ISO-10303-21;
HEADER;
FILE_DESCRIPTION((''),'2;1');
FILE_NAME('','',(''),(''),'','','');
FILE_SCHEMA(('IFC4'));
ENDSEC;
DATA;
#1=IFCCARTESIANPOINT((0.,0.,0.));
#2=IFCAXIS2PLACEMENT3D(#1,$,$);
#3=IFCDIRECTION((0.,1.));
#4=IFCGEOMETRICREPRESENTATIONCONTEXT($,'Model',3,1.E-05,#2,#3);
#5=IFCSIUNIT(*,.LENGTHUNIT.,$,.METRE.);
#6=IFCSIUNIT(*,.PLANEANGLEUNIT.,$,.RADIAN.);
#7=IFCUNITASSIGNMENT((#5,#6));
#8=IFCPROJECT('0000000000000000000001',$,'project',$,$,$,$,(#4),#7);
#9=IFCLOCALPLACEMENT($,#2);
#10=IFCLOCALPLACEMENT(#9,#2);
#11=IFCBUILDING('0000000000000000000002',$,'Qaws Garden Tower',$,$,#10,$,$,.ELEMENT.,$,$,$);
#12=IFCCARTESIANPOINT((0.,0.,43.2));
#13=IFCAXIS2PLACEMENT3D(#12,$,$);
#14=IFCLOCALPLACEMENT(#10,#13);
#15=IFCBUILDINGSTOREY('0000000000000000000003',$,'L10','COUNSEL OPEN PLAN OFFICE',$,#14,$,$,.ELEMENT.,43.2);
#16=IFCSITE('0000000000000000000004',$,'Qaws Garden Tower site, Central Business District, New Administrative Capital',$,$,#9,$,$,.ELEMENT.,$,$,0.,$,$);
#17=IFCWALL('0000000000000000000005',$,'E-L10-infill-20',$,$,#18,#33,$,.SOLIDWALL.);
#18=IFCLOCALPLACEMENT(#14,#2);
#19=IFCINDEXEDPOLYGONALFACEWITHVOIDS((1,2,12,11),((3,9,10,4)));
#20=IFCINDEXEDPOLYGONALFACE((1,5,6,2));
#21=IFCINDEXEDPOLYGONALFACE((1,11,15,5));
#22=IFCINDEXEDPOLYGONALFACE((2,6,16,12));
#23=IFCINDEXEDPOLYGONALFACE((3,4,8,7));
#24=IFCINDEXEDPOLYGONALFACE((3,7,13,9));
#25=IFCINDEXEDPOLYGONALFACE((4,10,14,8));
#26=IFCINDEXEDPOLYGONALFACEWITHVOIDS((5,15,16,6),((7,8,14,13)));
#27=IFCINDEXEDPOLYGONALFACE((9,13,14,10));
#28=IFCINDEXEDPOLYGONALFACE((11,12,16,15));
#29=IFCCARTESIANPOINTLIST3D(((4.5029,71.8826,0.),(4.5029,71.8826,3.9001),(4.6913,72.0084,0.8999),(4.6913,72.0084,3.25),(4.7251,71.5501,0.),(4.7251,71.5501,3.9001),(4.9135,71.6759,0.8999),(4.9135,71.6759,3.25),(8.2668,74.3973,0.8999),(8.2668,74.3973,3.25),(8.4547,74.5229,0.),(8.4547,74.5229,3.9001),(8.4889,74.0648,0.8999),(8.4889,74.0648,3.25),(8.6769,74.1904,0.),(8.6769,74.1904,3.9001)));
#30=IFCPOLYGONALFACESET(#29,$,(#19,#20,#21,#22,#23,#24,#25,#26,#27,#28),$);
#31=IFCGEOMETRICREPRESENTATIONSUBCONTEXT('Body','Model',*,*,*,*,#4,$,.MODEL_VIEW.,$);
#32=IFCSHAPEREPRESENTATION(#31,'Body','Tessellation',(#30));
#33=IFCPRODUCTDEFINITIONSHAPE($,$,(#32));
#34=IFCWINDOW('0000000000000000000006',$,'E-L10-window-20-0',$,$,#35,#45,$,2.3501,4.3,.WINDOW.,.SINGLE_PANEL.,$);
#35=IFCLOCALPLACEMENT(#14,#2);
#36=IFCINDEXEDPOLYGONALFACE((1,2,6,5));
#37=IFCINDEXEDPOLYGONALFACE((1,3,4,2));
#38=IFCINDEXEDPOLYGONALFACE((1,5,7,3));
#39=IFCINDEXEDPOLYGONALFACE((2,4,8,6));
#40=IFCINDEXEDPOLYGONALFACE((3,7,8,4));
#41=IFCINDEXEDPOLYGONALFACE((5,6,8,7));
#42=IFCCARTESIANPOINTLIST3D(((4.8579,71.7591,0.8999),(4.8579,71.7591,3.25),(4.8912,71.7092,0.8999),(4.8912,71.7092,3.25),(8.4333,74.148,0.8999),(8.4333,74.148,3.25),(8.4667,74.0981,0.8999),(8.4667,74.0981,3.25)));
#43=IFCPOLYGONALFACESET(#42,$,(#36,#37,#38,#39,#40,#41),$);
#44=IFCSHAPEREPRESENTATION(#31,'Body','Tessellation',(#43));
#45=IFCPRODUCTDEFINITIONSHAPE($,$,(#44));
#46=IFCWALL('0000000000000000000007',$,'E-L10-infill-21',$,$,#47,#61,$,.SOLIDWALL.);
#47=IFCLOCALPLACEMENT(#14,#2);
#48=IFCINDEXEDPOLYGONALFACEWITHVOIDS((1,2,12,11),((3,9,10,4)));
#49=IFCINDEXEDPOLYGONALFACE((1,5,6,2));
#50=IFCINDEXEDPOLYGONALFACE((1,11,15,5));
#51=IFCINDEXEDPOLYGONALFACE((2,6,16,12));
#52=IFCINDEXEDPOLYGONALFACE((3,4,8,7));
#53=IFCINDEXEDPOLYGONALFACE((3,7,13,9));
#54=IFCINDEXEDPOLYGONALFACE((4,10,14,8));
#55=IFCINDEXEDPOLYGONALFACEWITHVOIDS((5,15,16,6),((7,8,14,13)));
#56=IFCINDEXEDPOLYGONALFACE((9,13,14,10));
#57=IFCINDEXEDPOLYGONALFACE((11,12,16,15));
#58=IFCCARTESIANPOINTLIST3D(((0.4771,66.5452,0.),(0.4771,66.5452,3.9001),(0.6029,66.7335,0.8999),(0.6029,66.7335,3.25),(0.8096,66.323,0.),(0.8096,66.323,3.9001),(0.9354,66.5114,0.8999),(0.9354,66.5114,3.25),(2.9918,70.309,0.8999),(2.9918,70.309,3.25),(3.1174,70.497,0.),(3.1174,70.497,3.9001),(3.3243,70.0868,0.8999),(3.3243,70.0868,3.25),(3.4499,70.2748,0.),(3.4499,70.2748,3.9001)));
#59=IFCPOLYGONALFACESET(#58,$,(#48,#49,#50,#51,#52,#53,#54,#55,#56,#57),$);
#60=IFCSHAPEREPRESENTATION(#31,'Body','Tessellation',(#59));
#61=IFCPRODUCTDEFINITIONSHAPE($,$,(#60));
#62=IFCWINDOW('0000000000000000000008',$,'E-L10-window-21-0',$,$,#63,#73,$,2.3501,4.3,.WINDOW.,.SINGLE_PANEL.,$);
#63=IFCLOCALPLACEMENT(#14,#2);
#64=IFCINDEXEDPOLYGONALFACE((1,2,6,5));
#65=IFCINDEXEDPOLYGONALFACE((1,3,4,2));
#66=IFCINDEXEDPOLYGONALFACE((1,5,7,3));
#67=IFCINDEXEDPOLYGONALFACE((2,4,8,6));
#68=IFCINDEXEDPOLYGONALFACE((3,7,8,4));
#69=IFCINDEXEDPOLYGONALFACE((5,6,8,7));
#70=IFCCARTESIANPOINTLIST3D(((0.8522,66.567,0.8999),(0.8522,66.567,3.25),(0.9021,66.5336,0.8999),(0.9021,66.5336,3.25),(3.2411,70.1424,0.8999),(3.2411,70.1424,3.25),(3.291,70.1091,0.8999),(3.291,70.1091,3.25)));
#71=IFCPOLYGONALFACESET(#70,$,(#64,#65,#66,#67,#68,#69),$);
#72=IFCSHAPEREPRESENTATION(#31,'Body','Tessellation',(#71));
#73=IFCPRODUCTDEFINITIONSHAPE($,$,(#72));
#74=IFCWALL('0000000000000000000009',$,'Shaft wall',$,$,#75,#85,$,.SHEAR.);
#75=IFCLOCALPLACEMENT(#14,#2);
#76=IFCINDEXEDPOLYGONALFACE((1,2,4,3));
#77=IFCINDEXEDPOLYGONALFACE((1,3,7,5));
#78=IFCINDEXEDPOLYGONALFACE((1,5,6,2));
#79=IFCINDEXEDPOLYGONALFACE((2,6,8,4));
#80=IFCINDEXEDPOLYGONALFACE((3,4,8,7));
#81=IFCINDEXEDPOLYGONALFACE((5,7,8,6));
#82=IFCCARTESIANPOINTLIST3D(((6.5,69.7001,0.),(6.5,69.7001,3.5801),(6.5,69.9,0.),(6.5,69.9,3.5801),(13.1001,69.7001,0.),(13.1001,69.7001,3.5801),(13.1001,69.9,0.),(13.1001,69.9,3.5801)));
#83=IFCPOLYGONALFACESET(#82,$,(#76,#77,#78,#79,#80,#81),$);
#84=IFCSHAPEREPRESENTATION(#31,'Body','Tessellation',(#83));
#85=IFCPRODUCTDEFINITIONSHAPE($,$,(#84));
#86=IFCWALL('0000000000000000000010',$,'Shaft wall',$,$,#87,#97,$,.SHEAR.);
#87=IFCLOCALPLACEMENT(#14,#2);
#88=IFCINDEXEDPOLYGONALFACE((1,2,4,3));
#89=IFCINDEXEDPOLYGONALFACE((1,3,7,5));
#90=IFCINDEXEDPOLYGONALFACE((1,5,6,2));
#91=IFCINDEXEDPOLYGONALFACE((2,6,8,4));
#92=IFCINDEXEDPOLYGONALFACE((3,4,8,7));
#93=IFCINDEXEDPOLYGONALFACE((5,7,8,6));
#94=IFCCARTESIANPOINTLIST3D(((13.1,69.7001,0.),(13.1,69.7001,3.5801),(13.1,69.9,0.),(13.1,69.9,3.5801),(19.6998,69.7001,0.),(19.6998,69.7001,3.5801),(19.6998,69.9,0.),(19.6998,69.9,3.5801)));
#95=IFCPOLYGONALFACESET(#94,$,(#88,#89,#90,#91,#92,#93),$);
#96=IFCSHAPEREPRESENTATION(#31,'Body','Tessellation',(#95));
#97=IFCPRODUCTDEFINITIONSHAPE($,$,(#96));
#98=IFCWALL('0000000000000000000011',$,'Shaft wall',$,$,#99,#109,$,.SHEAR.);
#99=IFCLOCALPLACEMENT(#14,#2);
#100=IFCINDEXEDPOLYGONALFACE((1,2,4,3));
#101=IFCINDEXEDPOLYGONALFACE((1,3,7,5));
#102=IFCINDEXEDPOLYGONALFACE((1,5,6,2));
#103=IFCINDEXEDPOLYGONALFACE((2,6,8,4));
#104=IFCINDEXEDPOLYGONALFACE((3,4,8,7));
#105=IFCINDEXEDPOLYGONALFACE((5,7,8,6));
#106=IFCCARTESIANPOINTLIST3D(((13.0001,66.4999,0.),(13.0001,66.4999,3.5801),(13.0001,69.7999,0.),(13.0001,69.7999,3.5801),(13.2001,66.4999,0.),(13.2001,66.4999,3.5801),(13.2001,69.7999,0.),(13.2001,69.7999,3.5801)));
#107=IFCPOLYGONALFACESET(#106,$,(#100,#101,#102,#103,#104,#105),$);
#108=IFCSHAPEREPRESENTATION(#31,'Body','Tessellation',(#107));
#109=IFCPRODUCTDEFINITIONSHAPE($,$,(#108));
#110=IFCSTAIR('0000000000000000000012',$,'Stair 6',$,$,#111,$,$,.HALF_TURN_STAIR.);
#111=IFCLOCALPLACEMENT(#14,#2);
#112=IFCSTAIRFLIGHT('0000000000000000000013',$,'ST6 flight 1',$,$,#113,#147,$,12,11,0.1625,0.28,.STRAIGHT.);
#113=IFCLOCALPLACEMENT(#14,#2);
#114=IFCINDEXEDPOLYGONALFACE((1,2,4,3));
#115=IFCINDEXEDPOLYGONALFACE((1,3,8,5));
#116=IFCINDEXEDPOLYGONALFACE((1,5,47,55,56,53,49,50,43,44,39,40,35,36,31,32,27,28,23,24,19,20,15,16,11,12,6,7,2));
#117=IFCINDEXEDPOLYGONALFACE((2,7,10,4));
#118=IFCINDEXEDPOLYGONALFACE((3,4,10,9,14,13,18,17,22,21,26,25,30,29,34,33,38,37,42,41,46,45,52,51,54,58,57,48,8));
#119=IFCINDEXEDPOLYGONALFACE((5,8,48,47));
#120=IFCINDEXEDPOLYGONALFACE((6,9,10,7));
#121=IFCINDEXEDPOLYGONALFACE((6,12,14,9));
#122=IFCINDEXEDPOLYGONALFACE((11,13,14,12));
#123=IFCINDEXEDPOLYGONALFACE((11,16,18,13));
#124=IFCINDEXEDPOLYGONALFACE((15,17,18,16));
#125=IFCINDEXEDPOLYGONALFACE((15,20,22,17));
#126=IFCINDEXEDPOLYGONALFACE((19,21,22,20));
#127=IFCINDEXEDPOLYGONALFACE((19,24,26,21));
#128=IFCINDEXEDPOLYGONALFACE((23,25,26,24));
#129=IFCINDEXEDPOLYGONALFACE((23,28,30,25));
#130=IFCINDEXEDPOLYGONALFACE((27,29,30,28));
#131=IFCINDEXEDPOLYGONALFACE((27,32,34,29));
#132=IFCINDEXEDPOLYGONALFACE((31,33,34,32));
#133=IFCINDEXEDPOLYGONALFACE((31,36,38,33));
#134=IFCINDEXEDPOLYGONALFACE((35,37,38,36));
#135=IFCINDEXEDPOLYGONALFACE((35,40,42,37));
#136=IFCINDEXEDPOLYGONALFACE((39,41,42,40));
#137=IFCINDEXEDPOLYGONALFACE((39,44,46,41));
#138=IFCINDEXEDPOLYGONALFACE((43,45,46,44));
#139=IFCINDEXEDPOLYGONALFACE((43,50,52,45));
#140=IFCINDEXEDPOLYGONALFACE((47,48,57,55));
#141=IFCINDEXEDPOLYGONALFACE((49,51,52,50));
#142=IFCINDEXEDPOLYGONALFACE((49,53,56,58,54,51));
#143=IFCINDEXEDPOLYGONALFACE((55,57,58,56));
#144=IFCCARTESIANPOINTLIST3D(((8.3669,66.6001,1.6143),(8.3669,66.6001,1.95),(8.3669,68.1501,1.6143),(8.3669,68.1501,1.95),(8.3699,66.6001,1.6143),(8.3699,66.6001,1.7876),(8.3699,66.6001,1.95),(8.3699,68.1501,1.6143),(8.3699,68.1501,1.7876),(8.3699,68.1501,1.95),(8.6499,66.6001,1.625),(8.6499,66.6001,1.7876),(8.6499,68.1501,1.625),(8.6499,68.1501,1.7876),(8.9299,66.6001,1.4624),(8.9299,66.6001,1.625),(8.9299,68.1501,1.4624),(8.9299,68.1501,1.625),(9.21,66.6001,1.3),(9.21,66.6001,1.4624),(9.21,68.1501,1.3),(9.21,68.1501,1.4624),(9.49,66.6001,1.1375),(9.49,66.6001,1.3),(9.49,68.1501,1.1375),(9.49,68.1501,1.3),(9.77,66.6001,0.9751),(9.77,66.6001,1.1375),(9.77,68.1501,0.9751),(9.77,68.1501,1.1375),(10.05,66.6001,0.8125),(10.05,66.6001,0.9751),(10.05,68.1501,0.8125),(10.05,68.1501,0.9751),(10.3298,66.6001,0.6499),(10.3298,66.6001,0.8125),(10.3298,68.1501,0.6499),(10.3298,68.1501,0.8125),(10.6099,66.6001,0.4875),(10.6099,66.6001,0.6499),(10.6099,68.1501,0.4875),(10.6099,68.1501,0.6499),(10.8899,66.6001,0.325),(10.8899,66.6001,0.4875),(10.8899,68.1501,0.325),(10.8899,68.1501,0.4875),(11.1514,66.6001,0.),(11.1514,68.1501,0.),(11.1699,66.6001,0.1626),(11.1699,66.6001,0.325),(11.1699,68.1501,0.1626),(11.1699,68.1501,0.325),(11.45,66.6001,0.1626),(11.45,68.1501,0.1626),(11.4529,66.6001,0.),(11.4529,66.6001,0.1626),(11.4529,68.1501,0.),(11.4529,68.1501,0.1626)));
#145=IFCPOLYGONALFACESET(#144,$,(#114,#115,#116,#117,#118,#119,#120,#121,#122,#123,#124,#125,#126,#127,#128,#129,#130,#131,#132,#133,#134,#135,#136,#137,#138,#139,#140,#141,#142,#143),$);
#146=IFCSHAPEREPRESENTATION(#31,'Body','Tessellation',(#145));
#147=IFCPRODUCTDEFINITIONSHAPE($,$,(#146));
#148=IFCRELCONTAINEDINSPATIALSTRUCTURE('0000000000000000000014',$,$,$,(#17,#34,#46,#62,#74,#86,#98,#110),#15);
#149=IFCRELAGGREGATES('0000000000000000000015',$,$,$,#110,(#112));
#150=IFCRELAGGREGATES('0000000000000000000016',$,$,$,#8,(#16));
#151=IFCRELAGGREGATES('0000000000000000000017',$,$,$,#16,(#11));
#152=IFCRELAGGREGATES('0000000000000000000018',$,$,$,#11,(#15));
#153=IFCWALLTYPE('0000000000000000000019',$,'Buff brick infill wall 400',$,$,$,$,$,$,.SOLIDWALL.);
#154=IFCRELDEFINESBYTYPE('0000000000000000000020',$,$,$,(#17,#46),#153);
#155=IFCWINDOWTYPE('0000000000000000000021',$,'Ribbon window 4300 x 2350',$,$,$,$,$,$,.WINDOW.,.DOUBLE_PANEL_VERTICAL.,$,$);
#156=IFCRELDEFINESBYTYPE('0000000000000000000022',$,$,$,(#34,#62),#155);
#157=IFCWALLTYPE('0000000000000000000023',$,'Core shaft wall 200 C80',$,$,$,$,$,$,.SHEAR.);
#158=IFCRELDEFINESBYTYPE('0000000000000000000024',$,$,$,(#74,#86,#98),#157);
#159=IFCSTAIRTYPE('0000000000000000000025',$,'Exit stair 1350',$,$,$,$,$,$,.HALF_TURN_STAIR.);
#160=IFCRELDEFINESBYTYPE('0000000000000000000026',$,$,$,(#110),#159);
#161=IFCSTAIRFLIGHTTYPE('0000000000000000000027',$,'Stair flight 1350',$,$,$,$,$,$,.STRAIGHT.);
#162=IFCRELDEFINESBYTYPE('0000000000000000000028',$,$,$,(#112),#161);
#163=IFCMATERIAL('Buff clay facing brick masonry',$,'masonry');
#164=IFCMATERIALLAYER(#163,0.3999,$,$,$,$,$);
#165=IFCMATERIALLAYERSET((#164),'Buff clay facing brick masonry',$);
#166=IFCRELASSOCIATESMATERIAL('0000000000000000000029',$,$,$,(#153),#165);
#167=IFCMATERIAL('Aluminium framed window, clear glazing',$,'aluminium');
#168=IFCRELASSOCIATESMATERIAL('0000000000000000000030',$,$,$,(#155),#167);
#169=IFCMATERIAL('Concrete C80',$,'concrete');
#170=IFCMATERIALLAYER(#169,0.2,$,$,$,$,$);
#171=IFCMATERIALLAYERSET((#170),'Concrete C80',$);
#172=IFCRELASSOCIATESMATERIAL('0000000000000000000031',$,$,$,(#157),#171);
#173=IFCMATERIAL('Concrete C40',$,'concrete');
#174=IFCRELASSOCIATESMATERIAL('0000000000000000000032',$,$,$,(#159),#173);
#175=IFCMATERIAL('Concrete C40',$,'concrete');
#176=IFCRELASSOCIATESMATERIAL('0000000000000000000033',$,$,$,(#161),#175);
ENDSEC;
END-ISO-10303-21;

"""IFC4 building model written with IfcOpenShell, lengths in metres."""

from ifc_helpers import new_model, si_unit, direction, frame, frame_2d, origin, place, context, subcontext, project, spatial, polyline, rectangle, outline, extrude, material, layer, layer_set, type_object, element, fill, aggregate, save


model = new_model("IFC4")

# Units and contexts
model_context = context("Model", 3, precision=1e-05, world=origin(), true_north=direction((0.0, 1.0)))
body_context = subcontext(model_context, "Body", "Model", "MODEL_VIEW")
ifc_project = project(units=[si_unit("LENGTHUNIT", "METRE"), si_unit("PLANEANGLEUNIT", "RADIAN")], contexts=[model_context])

# Site, building, storey
site_placement = place(None, origin())
site = spatial("IfcSite", under=ifc_project, at=site_placement, Name="Qaws Garden Tower site, Central Business District, New Administrative Capital", CompositionType="ELEMENT", RefElevation=0.0)
building_placement = place(site_placement, origin())
building = spatial("IfcBuilding", under=site, at=building_placement, Name="Qaws Garden Tower", CompositionType="ELEMENT")
storey_placement = place(building_placement, frame((0.0, 0.0, 43.2)))
storey = spatial("IfcBuildingStorey", under=building, at=storey_placement, Name="L10", Description="COUNSEL OPEN PLAN OFFICE", CompositionType="ELEMENT", Elevation=43.2)

# Walls, openings, windows
ifc_material_1 = material(Name="Buff clay facing brick masonry", Category="masonry")
ifc_layer_1 = layer(ifc_material_1, 0.3999)
ifc_layer_set_1 = layer_set([ifc_layer_1], Name="Buff clay facing brick masonry")
wall_type_1 = type_object("IfcWallType", Name="Buff brick infill wall 400", PredefinedType="SOLIDWALL", material=ifc_layer_set_1)
ifc_material_2 = material(Name="Aluminium framed window, clear glazing", Category="aluminium")
window_type = type_object("IfcWindowType", Name="Ribbon window 4300 x 2350", PartitioningType="DOUBLE_PANEL_VERTICAL", PredefinedType="WINDOW", material=ifc_material_2)
wall_1_placement = place(storey_placement, frame((8.5659, 74.3567, 0.0), z_axis=(0.0, 0.0, 1.0), x_axis=(-0.831489, -0.555542, 0.0)))
wall_1 = element("IfcWall", 1, at=wall_1_placement, inside=storey, type_object=wall_type_1, Name="E-L10-infill-20", PredefinedType="SOLIDWALL", context=body_context, shape_type="SweptSolid", body=[
    extrude(rectangle(XDim=4.7527, YDim=0.3999, at=frame_2d((2.3765, 0.0))), origin(), (0.0, 0.0, 1.0), 3.9001),
])
opening_1_placement = place(wall_1_placement, frame((0.2263, 0.0, 0.8999)))
opening_1 = element("IfcOpeningElement", 2, at=opening_1_placement, cuts=wall_1, PredefinedType="OPENING", context=body_context, shape_type="SweptSolid", body=[
    extrude(rectangle(XDim=4.3, YDim=2.3501, at=frame_2d((2.1499, 1.175))), frame((0.0, 0.21, 0.0), z_axis=(0.0, -1.0, 0.0), x_axis=(1.0, 0.0, 0.0)), (0.0, 0.0, 1.0), 0.4199),
])
window_1_placement = place(opening_1_placement, origin())
window_1 = element("IfcWindow", 3, at=window_1_placement, inside=storey, type_object=window_type, Name="E-L10-window-20-0", OverallHeight=2.3501, OverallWidth=4.3, PartitioningType="SINGLE_PANEL", PredefinedType="WINDOW", context=body_context, shape_type="SweptSolid", body=[
    extrude(rectangle(XDim=4.3, YDim=2.3501, at=frame_2d((2.1499, 1.175))), frame((0.0, 0.1599, 0.0), z_axis=(0.0, -1.0, 0.0), x_axis=(1.0, 0.0, 0.0)), (0.0, 0.0, 1.0), 0.0601),
])
fill(opening_1, window_1)
wall_2_placement = place(storey_placement, frame((3.2837, 70.386, 0.0), z_axis=(0.0, 0.0, 1.0), x_axis=(-0.555542, -0.831489, 0.0)))
wall_2 = element("IfcWall", 4, at=wall_2_placement, inside=storey, type_object=wall_type_1, Name="E-L10-infill-21", PredefinedType="SOLIDWALL", context=body_context, shape_type="SweptSolid", body=[
    extrude(rectangle(XDim=4.7527, YDim=0.3999, at=frame_2d((2.3765, 0.0))), origin(), (0.0, 0.0, 1.0), 3.9001),
])
opening_2_placement = place(wall_2_placement, frame((0.2263, 0.0, 0.8999)))
opening_2 = element("IfcOpeningElement", 5, at=opening_2_placement, cuts=wall_2, PredefinedType="OPENING", context=body_context, shape_type="SweptSolid", body=[
    extrude(rectangle(XDim=4.3, YDim=2.3501, at=frame_2d((2.1499, 1.175))), frame((0.0, 0.21, 0.0), z_axis=(0.0, -1.0, 0.0), x_axis=(1.0, 0.0, 0.0)), (0.0, 0.0, 1.0), 0.4199),
])
window_2_placement = place(opening_2_placement, origin())
window_2 = element("IfcWindow", 6, at=window_2_placement, inside=storey, type_object=window_type, Name="E-L10-window-21-0", OverallHeight=2.3501, OverallWidth=4.3, PartitioningType="SINGLE_PANEL", PredefinedType="WINDOW", context=body_context, shape_type="SweptSolid", body=[
    extrude(rectangle(XDim=4.3, YDim=2.3501, at=frame_2d((2.1499, 1.175))), frame((0.0, 0.1599, 0.0), z_axis=(0.0, -1.0, 0.0), x_axis=(1.0, 0.0, 0.0)), (0.0, 0.0, 1.0), 0.0601),
])
fill(opening_2, window_2)

# Walls
ifc_material_3 = material(Name="Concrete C80", Category="concrete")
ifc_layer_2 = layer(ifc_material_3, 0.2)
ifc_layer_set_2 = layer_set([ifc_layer_2], Name="Concrete C80")
wall_type_2 = type_object("IfcWallType", Name="Core shaft wall 200 C80", PredefinedType="SHEAR", material=ifc_layer_set_2)
wall_3_placement = place(storey_placement, frame((6.5, 69.8, 0.0), z_axis=(0.0, 0.0, 1.0), x_axis=(1.0, 0.0, 0.0)))
element("IfcWall", 7, at=wall_3_placement, inside=storey, type_object=wall_type_2, Name="Shaft wall", PredefinedType="SHEAR", context=body_context, shape_type="SweptSolid", body=[
    extrude(rectangle(XDim=6.6001, YDim=0.2, at=frame_2d((3.3, 0.0))), origin(), (0.0, 0.0, 1.0), 3.5801),
])
wall_4_placement = place(storey_placement, frame((13.1001, 69.8, 0.0), z_axis=(0.0, 0.0, 1.0), x_axis=(1.0, 0.0, 0.0)))
element("IfcWall", 8, at=wall_4_placement, inside=storey, type_object=wall_type_2, Name="Shaft wall", PredefinedType="SHEAR", context=body_context, shape_type="SweptSolid", body=[
    extrude(rectangle(XDim=6.5999, YDim=0.2, at=frame_2d((3.2998, 0.0))), origin(), (0.0, 0.0, 1.0), 3.5801),
])
wall_5_placement = place(storey_placement, frame((13.1001, 66.5, 0.0), z_axis=(0.0, 0.0, 1.0), x_axis=(0.0, 1.0, 0.0)))
element("IfcWall", 9, at=wall_5_placement, inside=storey, type_object=wall_type_2, Name="Shaft wall", PredefinedType="SHEAR", context=body_context, shape_type="SweptSolid", body=[
    extrude(rectangle(XDim=3.3, YDim=0.2, at=frame_2d((1.6499, 0.0))), origin(), (0.0, 0.0, 1.0), 3.5801),
])

# Stair, stair flight
ifc_material_4 = material(Name="Concrete C40", Category="concrete")
stair_type = type_object("IfcStairType", Name="Exit stair 1350", PredefinedType="HALF_TURN_STAIR", material=ifc_material_4)
placement = place(storey_placement, origin())
stair_1 = element("IfcStair", 10, at=placement, inside=storey, type_object=stair_type, Name="Stair 6", PredefinedType="HALF_TURN_STAIR")
ifc_material_5 = material(Name="Concrete C40", Category="concrete")
stair_flight_type = type_object("IfcStairFlightType", Name="Stair flight 1350", PredefinedType="STRAIGHT", material=ifc_material_5)
stair_flight_1_placement = place(storey_placement, frame((11.45, 67.375, 0.0), z_axis=(0.0, 0.0, 1.0), x_axis=(-1.0, 0.0, 0.0)))
stair_flight_1 = element("IfcStairFlight", 11, at=stair_flight_1_placement, type_object=stair_flight_type, Name="ST6 flight 1", NumberOfRisers=12, NumberOfTreads=11, PredefinedType="STRAIGHT", RiserHeight=0.1625, TreadLength=0.28, context=body_context, shape_type="SweptSolid", body=[
    extrude(outline(polyline([(-0.0029, 0.0), (-0.0029, 0.1626), (0.0, 0.1626), (0.28, 0.1626), (0.28, 0.325), (0.5601, 0.325), (0.5601, 0.4875), (0.8401, 0.4875), (0.8401, 0.6499), (1.1201, 0.6499), (1.1201, 0.8125), (1.3999, 0.8125), (1.3999, 0.9751), (1.6799, 0.9751), (1.6799, 1.1375), (1.96, 1.1375), (1.96, 1.3), (2.24, 1.3), (2.24, 1.4624), (2.52, 1.4624), (2.52, 1.625), (2.8, 1.625), (2.8, 1.7876), (3.0801, 1.7876), (3.0801, 1.95), (3.083, 1.95), (3.083, 1.6143), (3.0801, 1.6143), (0.2986, 0.0), (-0.0029, 0.0)])), frame((0.0, 0.7749, 0.0), z_axis=(0.0, -1.0, 0.0), x_axis=(1.0, 0.0, 0.0)), (0.0, 0.0, 1.0), 1.55),
])
aggregate(stair_1, [stair_flight_1])

save(model, "model.ifc")
